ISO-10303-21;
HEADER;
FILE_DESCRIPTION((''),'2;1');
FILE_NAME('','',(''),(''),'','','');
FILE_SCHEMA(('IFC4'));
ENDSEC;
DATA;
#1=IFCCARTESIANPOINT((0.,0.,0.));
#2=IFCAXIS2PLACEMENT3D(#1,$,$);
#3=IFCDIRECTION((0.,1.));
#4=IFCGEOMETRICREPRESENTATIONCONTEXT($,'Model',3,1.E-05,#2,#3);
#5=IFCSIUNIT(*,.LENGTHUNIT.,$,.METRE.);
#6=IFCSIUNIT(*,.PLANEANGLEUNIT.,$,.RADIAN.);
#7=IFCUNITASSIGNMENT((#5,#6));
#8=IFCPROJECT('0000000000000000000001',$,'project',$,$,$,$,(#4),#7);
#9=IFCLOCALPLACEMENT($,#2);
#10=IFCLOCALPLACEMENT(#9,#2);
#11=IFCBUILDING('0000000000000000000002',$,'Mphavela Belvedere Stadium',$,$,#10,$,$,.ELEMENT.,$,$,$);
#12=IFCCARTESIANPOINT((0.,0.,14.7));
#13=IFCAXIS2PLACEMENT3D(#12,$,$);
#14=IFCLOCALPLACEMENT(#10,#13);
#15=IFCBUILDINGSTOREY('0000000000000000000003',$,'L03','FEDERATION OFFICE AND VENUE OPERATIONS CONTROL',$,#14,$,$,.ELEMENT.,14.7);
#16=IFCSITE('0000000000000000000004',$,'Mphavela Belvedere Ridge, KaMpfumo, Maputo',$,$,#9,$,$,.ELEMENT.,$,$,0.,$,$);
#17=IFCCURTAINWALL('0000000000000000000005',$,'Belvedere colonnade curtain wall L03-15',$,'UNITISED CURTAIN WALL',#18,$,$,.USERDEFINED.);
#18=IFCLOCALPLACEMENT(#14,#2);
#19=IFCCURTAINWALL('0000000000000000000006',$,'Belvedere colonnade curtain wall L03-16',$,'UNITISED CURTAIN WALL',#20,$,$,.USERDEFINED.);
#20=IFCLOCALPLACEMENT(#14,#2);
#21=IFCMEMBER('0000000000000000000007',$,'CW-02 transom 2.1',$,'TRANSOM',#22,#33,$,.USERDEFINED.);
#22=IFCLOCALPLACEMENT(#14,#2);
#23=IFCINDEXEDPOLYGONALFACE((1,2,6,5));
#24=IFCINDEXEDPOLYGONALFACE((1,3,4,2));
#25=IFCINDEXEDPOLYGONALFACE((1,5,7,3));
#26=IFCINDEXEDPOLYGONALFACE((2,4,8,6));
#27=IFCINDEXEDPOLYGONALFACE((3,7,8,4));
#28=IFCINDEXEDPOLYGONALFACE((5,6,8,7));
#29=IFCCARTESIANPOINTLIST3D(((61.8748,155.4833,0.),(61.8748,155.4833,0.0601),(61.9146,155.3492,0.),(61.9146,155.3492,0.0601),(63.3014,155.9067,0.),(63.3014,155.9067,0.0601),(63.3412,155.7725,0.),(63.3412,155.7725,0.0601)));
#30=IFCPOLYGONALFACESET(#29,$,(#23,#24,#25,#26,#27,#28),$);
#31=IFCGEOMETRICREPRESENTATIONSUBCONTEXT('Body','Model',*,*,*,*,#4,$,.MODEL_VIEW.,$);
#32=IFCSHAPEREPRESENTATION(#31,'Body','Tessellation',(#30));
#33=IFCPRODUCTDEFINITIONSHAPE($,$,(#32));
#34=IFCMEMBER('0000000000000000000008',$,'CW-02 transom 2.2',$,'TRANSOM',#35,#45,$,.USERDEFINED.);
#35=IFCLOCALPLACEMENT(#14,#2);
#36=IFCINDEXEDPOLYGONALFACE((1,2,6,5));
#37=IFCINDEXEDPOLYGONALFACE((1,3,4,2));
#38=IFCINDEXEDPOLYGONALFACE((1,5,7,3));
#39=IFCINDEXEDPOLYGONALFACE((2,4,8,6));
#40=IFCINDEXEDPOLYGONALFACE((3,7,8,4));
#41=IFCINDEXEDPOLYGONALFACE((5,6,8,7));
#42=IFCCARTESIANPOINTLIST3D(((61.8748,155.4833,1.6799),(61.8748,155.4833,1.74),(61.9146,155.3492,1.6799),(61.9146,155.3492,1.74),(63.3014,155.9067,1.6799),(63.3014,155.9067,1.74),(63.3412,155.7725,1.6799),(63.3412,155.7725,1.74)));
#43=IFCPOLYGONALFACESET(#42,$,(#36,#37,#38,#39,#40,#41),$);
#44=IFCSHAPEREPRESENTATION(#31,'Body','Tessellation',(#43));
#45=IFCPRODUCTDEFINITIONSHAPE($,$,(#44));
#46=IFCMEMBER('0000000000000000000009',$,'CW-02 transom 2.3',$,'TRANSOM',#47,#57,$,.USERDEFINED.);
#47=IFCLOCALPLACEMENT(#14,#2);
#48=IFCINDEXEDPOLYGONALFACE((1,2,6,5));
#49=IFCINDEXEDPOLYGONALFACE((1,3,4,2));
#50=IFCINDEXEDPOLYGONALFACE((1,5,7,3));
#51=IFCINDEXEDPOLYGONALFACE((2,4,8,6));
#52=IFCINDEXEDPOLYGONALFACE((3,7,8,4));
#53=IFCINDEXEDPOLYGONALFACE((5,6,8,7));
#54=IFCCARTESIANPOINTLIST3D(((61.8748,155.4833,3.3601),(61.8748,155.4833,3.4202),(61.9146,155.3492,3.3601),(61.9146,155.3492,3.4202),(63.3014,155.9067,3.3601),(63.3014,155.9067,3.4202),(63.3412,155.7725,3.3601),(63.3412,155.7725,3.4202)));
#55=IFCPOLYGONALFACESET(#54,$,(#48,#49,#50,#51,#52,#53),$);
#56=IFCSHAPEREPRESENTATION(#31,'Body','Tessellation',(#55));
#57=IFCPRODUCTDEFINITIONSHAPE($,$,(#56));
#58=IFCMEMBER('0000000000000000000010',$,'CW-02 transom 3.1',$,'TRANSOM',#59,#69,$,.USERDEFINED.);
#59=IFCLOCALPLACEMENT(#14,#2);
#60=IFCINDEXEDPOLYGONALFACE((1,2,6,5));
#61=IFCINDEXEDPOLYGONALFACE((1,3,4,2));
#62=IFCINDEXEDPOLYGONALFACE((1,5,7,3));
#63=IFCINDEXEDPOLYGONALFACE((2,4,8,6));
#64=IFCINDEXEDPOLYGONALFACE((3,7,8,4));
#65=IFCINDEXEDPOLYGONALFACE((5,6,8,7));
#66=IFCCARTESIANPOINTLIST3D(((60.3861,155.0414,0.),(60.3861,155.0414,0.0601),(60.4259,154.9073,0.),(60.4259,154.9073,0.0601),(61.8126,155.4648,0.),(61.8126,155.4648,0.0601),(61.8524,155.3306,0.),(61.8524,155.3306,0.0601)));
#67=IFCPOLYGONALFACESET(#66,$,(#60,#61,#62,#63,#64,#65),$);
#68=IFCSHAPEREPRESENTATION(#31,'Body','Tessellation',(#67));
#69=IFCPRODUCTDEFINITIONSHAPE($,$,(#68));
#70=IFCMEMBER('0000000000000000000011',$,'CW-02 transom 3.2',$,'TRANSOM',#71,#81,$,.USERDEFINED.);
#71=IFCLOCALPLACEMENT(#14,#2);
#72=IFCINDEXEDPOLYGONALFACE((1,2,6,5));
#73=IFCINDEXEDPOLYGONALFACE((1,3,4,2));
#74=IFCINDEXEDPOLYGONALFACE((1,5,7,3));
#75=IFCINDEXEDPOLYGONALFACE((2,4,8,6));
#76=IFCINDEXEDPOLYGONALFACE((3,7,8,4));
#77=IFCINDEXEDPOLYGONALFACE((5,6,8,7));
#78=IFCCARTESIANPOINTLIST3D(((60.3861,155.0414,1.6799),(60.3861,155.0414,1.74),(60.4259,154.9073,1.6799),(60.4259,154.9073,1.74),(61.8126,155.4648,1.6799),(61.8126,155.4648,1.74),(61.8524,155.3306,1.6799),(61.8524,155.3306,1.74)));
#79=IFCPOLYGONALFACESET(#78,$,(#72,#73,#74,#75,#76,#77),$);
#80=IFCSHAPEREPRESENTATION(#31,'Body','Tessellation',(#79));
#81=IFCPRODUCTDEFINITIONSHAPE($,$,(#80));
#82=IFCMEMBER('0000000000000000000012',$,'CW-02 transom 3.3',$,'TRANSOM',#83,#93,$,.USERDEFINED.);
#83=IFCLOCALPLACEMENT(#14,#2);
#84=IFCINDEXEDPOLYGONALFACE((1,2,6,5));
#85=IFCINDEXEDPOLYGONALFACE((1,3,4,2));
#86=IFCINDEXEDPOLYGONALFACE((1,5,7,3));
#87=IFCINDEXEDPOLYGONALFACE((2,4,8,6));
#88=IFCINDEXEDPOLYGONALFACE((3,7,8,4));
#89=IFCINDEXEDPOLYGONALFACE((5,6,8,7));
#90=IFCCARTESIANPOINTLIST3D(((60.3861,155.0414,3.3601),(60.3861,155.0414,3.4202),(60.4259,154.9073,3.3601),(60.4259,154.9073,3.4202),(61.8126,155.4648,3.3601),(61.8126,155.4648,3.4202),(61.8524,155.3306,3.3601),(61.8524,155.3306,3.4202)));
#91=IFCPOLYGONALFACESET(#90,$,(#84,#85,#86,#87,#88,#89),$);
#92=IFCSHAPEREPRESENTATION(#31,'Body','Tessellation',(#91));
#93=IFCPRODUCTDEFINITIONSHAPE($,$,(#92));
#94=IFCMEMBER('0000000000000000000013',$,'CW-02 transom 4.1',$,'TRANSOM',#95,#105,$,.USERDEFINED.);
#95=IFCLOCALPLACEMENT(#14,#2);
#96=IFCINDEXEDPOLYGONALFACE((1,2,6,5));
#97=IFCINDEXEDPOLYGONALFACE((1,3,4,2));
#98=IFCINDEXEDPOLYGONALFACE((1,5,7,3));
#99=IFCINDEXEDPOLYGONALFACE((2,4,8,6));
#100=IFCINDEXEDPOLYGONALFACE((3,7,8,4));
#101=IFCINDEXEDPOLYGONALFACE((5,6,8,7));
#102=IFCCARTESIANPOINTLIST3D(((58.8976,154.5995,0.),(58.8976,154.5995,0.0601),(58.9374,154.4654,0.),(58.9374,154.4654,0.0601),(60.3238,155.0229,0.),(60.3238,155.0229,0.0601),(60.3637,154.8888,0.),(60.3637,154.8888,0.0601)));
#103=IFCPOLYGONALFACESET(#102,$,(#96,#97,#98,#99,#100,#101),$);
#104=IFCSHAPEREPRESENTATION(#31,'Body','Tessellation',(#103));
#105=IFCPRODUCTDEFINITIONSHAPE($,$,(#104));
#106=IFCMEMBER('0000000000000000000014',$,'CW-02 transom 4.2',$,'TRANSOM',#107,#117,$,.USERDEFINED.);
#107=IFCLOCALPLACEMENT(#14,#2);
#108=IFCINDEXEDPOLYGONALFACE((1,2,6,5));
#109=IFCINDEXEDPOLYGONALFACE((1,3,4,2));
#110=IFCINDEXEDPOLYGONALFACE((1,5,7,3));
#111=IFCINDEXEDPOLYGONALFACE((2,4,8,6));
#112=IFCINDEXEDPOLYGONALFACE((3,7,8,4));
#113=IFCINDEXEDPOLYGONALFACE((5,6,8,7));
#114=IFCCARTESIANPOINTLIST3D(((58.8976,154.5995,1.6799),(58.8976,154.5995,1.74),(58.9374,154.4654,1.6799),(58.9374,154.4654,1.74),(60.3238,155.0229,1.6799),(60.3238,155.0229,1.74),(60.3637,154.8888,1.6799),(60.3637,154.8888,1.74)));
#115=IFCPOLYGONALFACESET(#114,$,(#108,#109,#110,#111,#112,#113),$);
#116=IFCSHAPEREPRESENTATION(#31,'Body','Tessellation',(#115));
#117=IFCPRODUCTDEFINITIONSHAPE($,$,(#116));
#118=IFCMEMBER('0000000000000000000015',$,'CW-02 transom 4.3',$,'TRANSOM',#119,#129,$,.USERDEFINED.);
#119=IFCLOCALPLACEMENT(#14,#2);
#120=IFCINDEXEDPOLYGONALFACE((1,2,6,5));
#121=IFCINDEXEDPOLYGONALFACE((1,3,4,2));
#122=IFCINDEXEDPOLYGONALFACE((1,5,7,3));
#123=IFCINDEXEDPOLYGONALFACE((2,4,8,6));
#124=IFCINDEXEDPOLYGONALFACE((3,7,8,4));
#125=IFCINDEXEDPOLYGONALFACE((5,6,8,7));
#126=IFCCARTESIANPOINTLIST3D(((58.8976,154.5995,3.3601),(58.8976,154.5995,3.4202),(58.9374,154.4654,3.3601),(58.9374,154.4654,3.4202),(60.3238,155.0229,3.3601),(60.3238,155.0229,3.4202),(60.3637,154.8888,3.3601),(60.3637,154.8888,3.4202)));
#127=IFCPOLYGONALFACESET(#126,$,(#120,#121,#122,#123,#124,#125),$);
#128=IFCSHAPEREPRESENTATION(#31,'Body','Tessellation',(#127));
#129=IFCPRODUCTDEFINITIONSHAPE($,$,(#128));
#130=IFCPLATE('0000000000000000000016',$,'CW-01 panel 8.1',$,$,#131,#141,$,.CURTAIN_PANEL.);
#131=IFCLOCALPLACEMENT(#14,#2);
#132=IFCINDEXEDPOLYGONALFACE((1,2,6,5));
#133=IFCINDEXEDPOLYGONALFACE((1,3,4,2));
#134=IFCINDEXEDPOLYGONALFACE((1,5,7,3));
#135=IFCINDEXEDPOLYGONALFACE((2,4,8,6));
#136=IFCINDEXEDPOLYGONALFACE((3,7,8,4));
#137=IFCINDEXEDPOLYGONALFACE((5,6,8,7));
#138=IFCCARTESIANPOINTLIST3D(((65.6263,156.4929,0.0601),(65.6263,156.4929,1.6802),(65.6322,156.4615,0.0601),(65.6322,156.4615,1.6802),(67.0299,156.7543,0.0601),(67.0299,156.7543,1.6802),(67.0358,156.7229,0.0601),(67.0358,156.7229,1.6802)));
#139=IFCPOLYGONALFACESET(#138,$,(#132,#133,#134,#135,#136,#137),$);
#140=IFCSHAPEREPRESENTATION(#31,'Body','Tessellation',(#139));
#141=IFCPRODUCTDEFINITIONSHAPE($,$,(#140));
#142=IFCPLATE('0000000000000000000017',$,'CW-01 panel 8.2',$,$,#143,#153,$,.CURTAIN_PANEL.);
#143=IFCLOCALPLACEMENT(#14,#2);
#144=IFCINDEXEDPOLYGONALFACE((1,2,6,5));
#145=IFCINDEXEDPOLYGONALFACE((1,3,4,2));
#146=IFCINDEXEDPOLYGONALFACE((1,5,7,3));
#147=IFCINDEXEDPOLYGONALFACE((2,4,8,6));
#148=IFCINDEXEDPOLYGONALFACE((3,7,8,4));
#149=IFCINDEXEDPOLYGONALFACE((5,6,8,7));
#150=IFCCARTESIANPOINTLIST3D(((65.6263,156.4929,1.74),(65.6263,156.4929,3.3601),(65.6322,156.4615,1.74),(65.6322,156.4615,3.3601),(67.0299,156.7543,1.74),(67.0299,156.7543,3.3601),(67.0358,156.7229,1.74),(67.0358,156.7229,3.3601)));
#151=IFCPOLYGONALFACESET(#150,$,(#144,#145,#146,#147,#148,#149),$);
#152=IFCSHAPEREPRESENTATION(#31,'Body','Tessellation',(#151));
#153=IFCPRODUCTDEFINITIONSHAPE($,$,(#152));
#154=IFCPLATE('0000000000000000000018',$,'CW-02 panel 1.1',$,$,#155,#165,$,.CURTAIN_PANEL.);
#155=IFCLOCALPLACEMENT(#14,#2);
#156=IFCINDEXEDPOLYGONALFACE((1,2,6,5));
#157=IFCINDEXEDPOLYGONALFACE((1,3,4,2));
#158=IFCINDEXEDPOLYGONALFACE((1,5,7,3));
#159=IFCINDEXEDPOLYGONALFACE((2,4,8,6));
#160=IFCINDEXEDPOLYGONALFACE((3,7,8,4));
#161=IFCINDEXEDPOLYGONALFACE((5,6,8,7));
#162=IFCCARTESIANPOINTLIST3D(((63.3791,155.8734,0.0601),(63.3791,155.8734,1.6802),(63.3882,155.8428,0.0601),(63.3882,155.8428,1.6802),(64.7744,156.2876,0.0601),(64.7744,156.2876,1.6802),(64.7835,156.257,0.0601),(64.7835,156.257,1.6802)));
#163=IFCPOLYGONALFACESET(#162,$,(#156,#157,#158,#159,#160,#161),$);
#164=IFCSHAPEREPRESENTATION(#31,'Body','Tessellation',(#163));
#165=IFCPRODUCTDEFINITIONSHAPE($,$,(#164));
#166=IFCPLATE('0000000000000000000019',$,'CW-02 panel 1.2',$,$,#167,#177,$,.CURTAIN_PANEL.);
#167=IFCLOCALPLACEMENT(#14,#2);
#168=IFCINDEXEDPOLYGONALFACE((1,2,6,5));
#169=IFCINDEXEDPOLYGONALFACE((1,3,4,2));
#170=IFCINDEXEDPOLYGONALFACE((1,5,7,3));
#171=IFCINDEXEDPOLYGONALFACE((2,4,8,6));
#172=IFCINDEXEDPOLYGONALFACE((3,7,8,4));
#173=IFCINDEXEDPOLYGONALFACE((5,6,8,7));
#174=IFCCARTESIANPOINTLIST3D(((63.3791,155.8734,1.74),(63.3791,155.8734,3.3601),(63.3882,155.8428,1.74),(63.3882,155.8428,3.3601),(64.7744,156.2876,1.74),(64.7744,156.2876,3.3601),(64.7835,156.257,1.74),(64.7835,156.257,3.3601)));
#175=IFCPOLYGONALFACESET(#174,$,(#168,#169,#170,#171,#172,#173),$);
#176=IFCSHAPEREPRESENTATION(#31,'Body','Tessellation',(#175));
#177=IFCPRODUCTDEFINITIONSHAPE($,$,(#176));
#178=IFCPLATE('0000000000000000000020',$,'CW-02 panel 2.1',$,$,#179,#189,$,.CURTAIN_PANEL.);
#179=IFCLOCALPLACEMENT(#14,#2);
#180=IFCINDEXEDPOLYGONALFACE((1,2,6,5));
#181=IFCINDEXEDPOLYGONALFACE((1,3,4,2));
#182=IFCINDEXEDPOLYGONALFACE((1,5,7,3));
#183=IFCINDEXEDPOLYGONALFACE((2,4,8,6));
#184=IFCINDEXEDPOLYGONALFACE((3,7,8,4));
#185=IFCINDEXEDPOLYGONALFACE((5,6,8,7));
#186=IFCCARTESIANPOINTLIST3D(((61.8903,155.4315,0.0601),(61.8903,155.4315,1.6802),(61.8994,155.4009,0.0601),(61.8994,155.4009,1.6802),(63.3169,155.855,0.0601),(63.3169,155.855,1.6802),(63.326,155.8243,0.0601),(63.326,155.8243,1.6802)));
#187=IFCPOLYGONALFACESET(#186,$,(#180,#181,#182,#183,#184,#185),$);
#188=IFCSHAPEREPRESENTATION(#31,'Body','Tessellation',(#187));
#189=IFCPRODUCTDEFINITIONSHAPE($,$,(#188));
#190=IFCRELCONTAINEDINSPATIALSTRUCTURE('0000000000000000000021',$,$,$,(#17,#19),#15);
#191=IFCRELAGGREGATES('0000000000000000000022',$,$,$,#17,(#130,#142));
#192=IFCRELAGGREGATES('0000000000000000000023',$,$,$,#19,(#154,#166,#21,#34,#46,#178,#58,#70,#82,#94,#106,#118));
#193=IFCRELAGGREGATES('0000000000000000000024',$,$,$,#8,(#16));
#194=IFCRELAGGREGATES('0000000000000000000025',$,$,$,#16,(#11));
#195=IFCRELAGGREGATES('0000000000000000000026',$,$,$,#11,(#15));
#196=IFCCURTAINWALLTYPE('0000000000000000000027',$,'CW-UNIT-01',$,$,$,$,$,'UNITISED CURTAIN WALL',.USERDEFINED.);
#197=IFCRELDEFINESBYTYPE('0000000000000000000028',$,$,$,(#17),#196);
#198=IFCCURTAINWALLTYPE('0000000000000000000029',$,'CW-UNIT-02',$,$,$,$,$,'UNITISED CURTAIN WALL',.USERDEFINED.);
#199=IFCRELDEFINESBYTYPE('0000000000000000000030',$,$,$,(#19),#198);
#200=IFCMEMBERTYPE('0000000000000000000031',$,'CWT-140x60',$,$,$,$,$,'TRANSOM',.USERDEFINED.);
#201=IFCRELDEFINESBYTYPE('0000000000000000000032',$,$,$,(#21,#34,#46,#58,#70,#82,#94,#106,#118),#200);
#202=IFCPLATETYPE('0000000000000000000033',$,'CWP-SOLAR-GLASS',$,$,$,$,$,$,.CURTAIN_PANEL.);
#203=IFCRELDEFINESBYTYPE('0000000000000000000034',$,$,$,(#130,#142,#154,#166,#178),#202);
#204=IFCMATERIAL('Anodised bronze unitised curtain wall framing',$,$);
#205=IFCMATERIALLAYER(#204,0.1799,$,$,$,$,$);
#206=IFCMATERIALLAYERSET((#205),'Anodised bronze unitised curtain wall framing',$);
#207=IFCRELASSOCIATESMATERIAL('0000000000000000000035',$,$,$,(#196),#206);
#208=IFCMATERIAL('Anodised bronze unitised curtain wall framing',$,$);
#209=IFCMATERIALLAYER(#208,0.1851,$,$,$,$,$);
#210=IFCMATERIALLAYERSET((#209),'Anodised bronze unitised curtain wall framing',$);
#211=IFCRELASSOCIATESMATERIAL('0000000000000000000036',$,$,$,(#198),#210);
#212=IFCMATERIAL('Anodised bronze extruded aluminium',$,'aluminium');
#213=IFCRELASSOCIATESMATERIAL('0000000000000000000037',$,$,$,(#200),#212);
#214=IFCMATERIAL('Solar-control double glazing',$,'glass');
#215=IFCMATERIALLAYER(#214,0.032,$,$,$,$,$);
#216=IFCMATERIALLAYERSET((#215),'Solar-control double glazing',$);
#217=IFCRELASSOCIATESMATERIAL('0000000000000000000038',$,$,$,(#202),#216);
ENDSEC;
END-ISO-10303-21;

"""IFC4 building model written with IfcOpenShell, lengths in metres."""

from ifc_helpers import new_model, si_unit, direction, frame, origin, origin_2d, place, context, subcontext, project, spatial, rectangle, extrude, material, layer, layer_set, material_profile, profile_set, type_object, element, aggregate, save


model = new_model("IFC4")

# Units and contexts
model_context = context("Model", 3, precision=1e-05, world=origin(), true_north=direction((0.0, 1.0)))
body_context = subcontext(model_context, "Body", "Model", "MODEL_VIEW")
ifc_project = project(units=[si_unit("LENGTHUNIT", "METRE"), si_unit("PLANEANGLEUNIT", "RADIAN")], contexts=[model_context])

# Site, building, storey
site_placement = place(None, origin())
site = spatial("IfcSite", under=ifc_project, at=site_placement, Name="Mphavela Belvedere Ridge, KaMpfumo, Maputo", CompositionType="ELEMENT", RefElevation=0.0)
building_placement = place(site_placement, origin())
building = spatial("IfcBuilding", under=site, at=building_placement, Name="Mphavela Belvedere Stadium", CompositionType="ELEMENT")
storey_placement = place(building_placement, frame((0.0, 0.0, 14.7)))
storey = spatial("IfcBuildingStorey", under=building, at=storey_placement, Name="L03", Description="FEDERATION OFFICE AND VENUE OPERATIONS CONTROL", CompositionType="ELEMENT", Elevation=14.7)

# Curtain wall
ifc_material_1 = material(Name="Anodised bronze unitised curtain wall framing")
ifc_layer_1 = layer(ifc_material_1, 0.1799)
ifc_layer_set_1 = layer_set([ifc_layer_1], Name="Anodised bronze unitised curtain wall framing")
curtain_wall_type_1 = type_object("IfcCurtainWallType", Name="CW-UNIT-01", ElementType="UNITISED CURTAIN WALL", PredefinedType="USERDEFINED", material=ifc_layer_set_1)
curtain_wall_1_placement = place(storey_placement, origin())
curtain_wall_1 = element("IfcCurtainWall", 1, at=curtain_wall_1_placement, inside=storey, type_object=curtain_wall_type_1, Name="Belvedere colonnade curtain wall L03-15", ObjectType="UNITISED CURTAIN WALL", PredefinedType="USERDEFINED")

# Curtain wall
ifc_material_2 = material(Name="Anodised bronze unitised curtain wall framing")
ifc_layer_2 = layer(ifc_material_2, 0.1851)
ifc_layer_set_2 = layer_set([ifc_layer_2], Name="Anodised bronze unitised curtain wall framing")
curtain_wall_type_2 = type_object("IfcCurtainWallType", Name="CW-UNIT-02", ElementType="UNITISED CURTAIN WALL", PredefinedType="USERDEFINED", material=ifc_layer_set_2)
curtain_wall_2_placement = place(storey_placement, origin())
curtain_wall_2 = element("IfcCurtainWall", 2, at=curtain_wall_2_placement, inside=storey, type_object=curtain_wall_type_2, Name="Belvedere colonnade curtain wall L03-16", ObjectType="UNITISED CURTAIN WALL", PredefinedType="USERDEFINED")

# Members
ifc_material_3 = material(Name="Anodised bronze extruded aluminium", Category="aluminium")
ifc_material_profile_1 = material_profile(ifc_material_3, rectangle(XDim=0.1399, YDim=0.0601, at=origin_2d()), Name="CW-TRN 140x60")
ifc_profile_set_1 = profile_set([ifc_material_profile_1], Name="Anodised bronze extruded aluminium")
member_type_1 = type_object("IfcMemberType", Name="CWT-140x60", ElementType="TRANSOM", PredefinedType="USERDEFINED", material=ifc_profile_set_1)
member_1_placement = place(storey_placement, frame((63.3213, 155.8396, 0.03), z_axis=(-0.958676, -0.284502, 0.0), x_axis=(0.284502, -0.958676, 0.0)))
member_1 = element("IfcMember", 3, at=member_1_placement, type_object=member_type_1, Name="CW-02 transom 2.1", ObjectType="TRANSOM", PredefinedType="USERDEFINED", context=body_context, shape_type="SweptSolid", body=[
    extrude(rectangle(XDim=0.1399, YDim=0.0601, at=origin_2d()), origin(), (0.0, 0.0, 1.0), 1.488),
])
member_2_placement = place(storey_placement, frame((63.3213, 155.8396, 1.71), z_axis=(-0.958676, -0.284502, 0.0), x_axis=(0.284502, -0.958676, 0.0)))
member_2 = element("IfcMember", 4, at=member_2_placement, type_object=member_type_1, Name="CW-02 transom 2.2", ObjectType="TRANSOM", PredefinedType="USERDEFINED", context=body_context, shape_type="SweptSolid", body=[
    extrude(rectangle(XDim=0.1399, YDim=0.0601, at=origin_2d()), origin(), (0.0, 0.0, 1.0), 1.488),
])
member_3_placement = place(storey_placement, frame((63.3213, 155.8396, 3.3901), z_axis=(-0.958676, -0.284502, 0.0), x_axis=(0.284502, -0.958676, 0.0)))
member_3 = element("IfcMember", 5, at=member_3_placement, type_object=member_type_1, Name="CW-02 transom 2.3", ObjectType="TRANSOM", PredefinedType="USERDEFINED", context=body_context, shape_type="SweptSolid", body=[
    extrude(rectangle(XDim=0.1399, YDim=0.0601, at=origin_2d()), origin(), (0.0, 0.0, 1.0), 1.488),
])
member_4_placement = place(storey_placement, frame((61.8325, 155.3977, 0.03), z_axis=(-0.958676, -0.284502, 0.0), x_axis=(0.284502, -0.958676, 0.0)))
member_4 = element("IfcMember", 6, at=member_4_placement, type_object=member_type_1, Name="CW-02 transom 3.1", ObjectType="TRANSOM", PredefinedType="USERDEFINED", context=body_context, shape_type="SweptSolid", body=[
    extrude(rectangle(XDim=0.1399, YDim=0.0601, at=origin_2d()), origin(), (0.0, 0.0, 1.0), 1.488),
])
member_5_placement = place(storey_placement, frame((61.8325, 155.3977, 1.71), z_axis=(-0.958676, -0.284502, 0.0), x_axis=(0.284502, -0.958676, 0.0)))
member_5 = element("IfcMember", 7, at=member_5_placement, type_object=member_type_1, Name="CW-02 transom 3.2", ObjectType="TRANSOM", PredefinedType="USERDEFINED", context=body_context, shape_type="SweptSolid", body=[
    extrude(rectangle(XDim=0.1399, YDim=0.0601, at=origin_2d()), origin(), (0.0, 0.0, 1.0), 1.488),
])
member_6_placement = place(storey_placement, frame((61.8325, 155.3977, 3.3901), z_axis=(-0.958676, -0.284502, 0.0), x_axis=(0.284502, -0.958676, 0.0)))
member_6 = element("IfcMember", 8, at=member_6_placement, type_object=member_type_1, Name="CW-02 transom 3.3", ObjectType="TRANSOM", PredefinedType="USERDEFINED", context=body_context, shape_type="SweptSolid", body=[
    extrude(rectangle(XDim=0.1399, YDim=0.0601, at=origin_2d()), origin(), (0.0, 0.0, 1.0), 1.488),
])
member_7_placement = place(storey_placement, frame((60.3438, 154.9558, 0.03), z_axis=(-0.958662, -0.284546, 0.0), x_axis=(0.284546, -0.958662, 0.0)))
member_7 = element("IfcMember", 9, at=member_7_placement, type_object=member_type_1, Name="CW-02 transom 4.1", ObjectType="TRANSOM", PredefinedType="USERDEFINED", context=body_context, shape_type="SweptSolid", body=[
    extrude(rectangle(XDim=0.1399, YDim=0.0601, at=origin_2d()), origin(), (0.0, 0.0, 1.0), 1.4878),
])
member_8_placement = place(storey_placement, frame((60.3438, 154.9558, 1.71), z_axis=(-0.958662, -0.284546, 0.0), x_axis=(0.284546, -0.958662, 0.0)))
member_8 = element("IfcMember", 10, at=member_8_placement, type_object=member_type_1, Name="CW-02 transom 4.2", ObjectType="TRANSOM", PredefinedType="USERDEFINED", context=body_context, shape_type="SweptSolid", body=[
    extrude(rectangle(XDim=0.1399, YDim=0.0601, at=origin_2d()), origin(), (0.0, 0.0, 1.0), 1.4878),
])
member_9_placement = place(storey_placement, frame((60.3438, 154.9558, 3.3901), z_axis=(-0.958662, -0.284546, 0.0), x_axis=(0.284546, -0.958662, 0.0)))
member_9 = element("IfcMember", 11, at=member_9_placement, type_object=member_type_1, Name="CW-02 transom 4.3", ObjectType="TRANSOM", PredefinedType="USERDEFINED", context=body_context, shape_type="SweptSolid", body=[
    extrude(rectangle(XDim=0.1399, YDim=0.0601, at=origin_2d()), origin(), (0.0, 0.0, 1.0), 1.4878),
])

# Plates
ifc_material_4 = material(Name="Solar-control double glazing", Category="glass")
ifc_layer_3 = layer(ifc_material_4, 0.032)
ifc_layer_set_3 = layer_set([ifc_layer_3], Name="Solar-control double glazing")
plate_type = type_object("IfcPlateType", Name="CWP-SOLAR-GLASS", PredefinedType="CURTAIN_PANEL", material=ifc_layer_set_3)
plate_1_placement = place(storey_placement, frame((66.3311, 156.6079, 0.0601), z_axis=(0.0, 0.0, 1.0), x_axis=(-0.983097, -0.183088, 0.0)))
plate_1 = element("IfcPlate", 12, at=plate_1_placement, type_object=plate_type, Name="CW-01 panel 8.1", PredefinedType="CURTAIN_PANEL", context=body_context, shape_type="SweptSolid", body=[
    extrude(rectangle(XDim=1.4277, YDim=0.032, at=origin_2d()), origin(), (0.0, 0.0, 1.0), 1.6201),
])
plate_2_placement = place(storey_placement, frame((66.3311, 156.6079, 1.74), z_axis=(0.0, 0.0, 1.0), x_axis=(-0.983097, -0.183088, 0.0)))
plate_2 = element("IfcPlate", 13, at=plate_2_placement, type_object=plate_type, Name="CW-01 panel 8.2", PredefinedType="CURTAIN_PANEL", context=body_context, shape_type="SweptSolid", body=[
    extrude(rectangle(XDim=1.4277, YDim=0.032, at=origin_2d()), origin(), (0.0, 0.0, 1.0), 1.6201),
])
aggregate(curtain_wall_1, [plate_1, plate_2])
plate_3_placement = place(storey_placement, frame((64.0813, 156.0652, 0.0601), z_axis=(0.0, 0.0, 1.0), x_axis=(-0.958657, -0.284565, 0.0)))
plate_3 = element("IfcPlate", 14, at=plate_3_placement, type_object=plate_type, Name="CW-02 panel 1.1", PredefinedType="CURTAIN_PANEL", context=body_context, shape_type="SweptSolid", body=[
    extrude(rectangle(XDim=1.4556, YDim=0.032, at=origin_2d()), origin(), (0.0, 0.0, 1.0), 1.6201),
])
plate_4_placement = place(storey_placement, frame((64.0813, 156.0652, 1.74), z_axis=(0.0, 0.0, 1.0), x_axis=(-0.958657, -0.284565, 0.0)))
plate_4 = element("IfcPlate", 15, at=plate_4_placement, type_object=plate_type, Name="CW-02 panel 1.2", PredefinedType="CURTAIN_PANEL", context=body_context, shape_type="SweptSolid", body=[
    extrude(rectangle(XDim=1.4556, YDim=0.032, at=origin_2d()), origin(), (0.0, 0.0, 1.0), 1.6201),
])
plate_5_placement = place(storey_placement, frame((62.6082, 155.6279, 0.0601), z_axis=(0.0, 0.0, 1.0), x_axis=(-0.958657, -0.284565, 0.0)))
plate_5 = element("IfcPlate", 16, at=plate_5_placement, type_object=plate_type, Name="CW-02 panel 2.1", PredefinedType="CURTAIN_PANEL", context=body_context, shape_type="SweptSolid", body=[
    extrude(rectangle(XDim=1.488, YDim=0.032, at=origin_2d()), origin(), (0.0, 0.0, 1.0), 1.6201),
])
aggregate(curtain_wall_2, [plate_3, plate_4, member_1, member_2, member_3, plate_5, member_4, member_5, member_6, member_7, member_8, member_9])

save(model, "model.ifc")
